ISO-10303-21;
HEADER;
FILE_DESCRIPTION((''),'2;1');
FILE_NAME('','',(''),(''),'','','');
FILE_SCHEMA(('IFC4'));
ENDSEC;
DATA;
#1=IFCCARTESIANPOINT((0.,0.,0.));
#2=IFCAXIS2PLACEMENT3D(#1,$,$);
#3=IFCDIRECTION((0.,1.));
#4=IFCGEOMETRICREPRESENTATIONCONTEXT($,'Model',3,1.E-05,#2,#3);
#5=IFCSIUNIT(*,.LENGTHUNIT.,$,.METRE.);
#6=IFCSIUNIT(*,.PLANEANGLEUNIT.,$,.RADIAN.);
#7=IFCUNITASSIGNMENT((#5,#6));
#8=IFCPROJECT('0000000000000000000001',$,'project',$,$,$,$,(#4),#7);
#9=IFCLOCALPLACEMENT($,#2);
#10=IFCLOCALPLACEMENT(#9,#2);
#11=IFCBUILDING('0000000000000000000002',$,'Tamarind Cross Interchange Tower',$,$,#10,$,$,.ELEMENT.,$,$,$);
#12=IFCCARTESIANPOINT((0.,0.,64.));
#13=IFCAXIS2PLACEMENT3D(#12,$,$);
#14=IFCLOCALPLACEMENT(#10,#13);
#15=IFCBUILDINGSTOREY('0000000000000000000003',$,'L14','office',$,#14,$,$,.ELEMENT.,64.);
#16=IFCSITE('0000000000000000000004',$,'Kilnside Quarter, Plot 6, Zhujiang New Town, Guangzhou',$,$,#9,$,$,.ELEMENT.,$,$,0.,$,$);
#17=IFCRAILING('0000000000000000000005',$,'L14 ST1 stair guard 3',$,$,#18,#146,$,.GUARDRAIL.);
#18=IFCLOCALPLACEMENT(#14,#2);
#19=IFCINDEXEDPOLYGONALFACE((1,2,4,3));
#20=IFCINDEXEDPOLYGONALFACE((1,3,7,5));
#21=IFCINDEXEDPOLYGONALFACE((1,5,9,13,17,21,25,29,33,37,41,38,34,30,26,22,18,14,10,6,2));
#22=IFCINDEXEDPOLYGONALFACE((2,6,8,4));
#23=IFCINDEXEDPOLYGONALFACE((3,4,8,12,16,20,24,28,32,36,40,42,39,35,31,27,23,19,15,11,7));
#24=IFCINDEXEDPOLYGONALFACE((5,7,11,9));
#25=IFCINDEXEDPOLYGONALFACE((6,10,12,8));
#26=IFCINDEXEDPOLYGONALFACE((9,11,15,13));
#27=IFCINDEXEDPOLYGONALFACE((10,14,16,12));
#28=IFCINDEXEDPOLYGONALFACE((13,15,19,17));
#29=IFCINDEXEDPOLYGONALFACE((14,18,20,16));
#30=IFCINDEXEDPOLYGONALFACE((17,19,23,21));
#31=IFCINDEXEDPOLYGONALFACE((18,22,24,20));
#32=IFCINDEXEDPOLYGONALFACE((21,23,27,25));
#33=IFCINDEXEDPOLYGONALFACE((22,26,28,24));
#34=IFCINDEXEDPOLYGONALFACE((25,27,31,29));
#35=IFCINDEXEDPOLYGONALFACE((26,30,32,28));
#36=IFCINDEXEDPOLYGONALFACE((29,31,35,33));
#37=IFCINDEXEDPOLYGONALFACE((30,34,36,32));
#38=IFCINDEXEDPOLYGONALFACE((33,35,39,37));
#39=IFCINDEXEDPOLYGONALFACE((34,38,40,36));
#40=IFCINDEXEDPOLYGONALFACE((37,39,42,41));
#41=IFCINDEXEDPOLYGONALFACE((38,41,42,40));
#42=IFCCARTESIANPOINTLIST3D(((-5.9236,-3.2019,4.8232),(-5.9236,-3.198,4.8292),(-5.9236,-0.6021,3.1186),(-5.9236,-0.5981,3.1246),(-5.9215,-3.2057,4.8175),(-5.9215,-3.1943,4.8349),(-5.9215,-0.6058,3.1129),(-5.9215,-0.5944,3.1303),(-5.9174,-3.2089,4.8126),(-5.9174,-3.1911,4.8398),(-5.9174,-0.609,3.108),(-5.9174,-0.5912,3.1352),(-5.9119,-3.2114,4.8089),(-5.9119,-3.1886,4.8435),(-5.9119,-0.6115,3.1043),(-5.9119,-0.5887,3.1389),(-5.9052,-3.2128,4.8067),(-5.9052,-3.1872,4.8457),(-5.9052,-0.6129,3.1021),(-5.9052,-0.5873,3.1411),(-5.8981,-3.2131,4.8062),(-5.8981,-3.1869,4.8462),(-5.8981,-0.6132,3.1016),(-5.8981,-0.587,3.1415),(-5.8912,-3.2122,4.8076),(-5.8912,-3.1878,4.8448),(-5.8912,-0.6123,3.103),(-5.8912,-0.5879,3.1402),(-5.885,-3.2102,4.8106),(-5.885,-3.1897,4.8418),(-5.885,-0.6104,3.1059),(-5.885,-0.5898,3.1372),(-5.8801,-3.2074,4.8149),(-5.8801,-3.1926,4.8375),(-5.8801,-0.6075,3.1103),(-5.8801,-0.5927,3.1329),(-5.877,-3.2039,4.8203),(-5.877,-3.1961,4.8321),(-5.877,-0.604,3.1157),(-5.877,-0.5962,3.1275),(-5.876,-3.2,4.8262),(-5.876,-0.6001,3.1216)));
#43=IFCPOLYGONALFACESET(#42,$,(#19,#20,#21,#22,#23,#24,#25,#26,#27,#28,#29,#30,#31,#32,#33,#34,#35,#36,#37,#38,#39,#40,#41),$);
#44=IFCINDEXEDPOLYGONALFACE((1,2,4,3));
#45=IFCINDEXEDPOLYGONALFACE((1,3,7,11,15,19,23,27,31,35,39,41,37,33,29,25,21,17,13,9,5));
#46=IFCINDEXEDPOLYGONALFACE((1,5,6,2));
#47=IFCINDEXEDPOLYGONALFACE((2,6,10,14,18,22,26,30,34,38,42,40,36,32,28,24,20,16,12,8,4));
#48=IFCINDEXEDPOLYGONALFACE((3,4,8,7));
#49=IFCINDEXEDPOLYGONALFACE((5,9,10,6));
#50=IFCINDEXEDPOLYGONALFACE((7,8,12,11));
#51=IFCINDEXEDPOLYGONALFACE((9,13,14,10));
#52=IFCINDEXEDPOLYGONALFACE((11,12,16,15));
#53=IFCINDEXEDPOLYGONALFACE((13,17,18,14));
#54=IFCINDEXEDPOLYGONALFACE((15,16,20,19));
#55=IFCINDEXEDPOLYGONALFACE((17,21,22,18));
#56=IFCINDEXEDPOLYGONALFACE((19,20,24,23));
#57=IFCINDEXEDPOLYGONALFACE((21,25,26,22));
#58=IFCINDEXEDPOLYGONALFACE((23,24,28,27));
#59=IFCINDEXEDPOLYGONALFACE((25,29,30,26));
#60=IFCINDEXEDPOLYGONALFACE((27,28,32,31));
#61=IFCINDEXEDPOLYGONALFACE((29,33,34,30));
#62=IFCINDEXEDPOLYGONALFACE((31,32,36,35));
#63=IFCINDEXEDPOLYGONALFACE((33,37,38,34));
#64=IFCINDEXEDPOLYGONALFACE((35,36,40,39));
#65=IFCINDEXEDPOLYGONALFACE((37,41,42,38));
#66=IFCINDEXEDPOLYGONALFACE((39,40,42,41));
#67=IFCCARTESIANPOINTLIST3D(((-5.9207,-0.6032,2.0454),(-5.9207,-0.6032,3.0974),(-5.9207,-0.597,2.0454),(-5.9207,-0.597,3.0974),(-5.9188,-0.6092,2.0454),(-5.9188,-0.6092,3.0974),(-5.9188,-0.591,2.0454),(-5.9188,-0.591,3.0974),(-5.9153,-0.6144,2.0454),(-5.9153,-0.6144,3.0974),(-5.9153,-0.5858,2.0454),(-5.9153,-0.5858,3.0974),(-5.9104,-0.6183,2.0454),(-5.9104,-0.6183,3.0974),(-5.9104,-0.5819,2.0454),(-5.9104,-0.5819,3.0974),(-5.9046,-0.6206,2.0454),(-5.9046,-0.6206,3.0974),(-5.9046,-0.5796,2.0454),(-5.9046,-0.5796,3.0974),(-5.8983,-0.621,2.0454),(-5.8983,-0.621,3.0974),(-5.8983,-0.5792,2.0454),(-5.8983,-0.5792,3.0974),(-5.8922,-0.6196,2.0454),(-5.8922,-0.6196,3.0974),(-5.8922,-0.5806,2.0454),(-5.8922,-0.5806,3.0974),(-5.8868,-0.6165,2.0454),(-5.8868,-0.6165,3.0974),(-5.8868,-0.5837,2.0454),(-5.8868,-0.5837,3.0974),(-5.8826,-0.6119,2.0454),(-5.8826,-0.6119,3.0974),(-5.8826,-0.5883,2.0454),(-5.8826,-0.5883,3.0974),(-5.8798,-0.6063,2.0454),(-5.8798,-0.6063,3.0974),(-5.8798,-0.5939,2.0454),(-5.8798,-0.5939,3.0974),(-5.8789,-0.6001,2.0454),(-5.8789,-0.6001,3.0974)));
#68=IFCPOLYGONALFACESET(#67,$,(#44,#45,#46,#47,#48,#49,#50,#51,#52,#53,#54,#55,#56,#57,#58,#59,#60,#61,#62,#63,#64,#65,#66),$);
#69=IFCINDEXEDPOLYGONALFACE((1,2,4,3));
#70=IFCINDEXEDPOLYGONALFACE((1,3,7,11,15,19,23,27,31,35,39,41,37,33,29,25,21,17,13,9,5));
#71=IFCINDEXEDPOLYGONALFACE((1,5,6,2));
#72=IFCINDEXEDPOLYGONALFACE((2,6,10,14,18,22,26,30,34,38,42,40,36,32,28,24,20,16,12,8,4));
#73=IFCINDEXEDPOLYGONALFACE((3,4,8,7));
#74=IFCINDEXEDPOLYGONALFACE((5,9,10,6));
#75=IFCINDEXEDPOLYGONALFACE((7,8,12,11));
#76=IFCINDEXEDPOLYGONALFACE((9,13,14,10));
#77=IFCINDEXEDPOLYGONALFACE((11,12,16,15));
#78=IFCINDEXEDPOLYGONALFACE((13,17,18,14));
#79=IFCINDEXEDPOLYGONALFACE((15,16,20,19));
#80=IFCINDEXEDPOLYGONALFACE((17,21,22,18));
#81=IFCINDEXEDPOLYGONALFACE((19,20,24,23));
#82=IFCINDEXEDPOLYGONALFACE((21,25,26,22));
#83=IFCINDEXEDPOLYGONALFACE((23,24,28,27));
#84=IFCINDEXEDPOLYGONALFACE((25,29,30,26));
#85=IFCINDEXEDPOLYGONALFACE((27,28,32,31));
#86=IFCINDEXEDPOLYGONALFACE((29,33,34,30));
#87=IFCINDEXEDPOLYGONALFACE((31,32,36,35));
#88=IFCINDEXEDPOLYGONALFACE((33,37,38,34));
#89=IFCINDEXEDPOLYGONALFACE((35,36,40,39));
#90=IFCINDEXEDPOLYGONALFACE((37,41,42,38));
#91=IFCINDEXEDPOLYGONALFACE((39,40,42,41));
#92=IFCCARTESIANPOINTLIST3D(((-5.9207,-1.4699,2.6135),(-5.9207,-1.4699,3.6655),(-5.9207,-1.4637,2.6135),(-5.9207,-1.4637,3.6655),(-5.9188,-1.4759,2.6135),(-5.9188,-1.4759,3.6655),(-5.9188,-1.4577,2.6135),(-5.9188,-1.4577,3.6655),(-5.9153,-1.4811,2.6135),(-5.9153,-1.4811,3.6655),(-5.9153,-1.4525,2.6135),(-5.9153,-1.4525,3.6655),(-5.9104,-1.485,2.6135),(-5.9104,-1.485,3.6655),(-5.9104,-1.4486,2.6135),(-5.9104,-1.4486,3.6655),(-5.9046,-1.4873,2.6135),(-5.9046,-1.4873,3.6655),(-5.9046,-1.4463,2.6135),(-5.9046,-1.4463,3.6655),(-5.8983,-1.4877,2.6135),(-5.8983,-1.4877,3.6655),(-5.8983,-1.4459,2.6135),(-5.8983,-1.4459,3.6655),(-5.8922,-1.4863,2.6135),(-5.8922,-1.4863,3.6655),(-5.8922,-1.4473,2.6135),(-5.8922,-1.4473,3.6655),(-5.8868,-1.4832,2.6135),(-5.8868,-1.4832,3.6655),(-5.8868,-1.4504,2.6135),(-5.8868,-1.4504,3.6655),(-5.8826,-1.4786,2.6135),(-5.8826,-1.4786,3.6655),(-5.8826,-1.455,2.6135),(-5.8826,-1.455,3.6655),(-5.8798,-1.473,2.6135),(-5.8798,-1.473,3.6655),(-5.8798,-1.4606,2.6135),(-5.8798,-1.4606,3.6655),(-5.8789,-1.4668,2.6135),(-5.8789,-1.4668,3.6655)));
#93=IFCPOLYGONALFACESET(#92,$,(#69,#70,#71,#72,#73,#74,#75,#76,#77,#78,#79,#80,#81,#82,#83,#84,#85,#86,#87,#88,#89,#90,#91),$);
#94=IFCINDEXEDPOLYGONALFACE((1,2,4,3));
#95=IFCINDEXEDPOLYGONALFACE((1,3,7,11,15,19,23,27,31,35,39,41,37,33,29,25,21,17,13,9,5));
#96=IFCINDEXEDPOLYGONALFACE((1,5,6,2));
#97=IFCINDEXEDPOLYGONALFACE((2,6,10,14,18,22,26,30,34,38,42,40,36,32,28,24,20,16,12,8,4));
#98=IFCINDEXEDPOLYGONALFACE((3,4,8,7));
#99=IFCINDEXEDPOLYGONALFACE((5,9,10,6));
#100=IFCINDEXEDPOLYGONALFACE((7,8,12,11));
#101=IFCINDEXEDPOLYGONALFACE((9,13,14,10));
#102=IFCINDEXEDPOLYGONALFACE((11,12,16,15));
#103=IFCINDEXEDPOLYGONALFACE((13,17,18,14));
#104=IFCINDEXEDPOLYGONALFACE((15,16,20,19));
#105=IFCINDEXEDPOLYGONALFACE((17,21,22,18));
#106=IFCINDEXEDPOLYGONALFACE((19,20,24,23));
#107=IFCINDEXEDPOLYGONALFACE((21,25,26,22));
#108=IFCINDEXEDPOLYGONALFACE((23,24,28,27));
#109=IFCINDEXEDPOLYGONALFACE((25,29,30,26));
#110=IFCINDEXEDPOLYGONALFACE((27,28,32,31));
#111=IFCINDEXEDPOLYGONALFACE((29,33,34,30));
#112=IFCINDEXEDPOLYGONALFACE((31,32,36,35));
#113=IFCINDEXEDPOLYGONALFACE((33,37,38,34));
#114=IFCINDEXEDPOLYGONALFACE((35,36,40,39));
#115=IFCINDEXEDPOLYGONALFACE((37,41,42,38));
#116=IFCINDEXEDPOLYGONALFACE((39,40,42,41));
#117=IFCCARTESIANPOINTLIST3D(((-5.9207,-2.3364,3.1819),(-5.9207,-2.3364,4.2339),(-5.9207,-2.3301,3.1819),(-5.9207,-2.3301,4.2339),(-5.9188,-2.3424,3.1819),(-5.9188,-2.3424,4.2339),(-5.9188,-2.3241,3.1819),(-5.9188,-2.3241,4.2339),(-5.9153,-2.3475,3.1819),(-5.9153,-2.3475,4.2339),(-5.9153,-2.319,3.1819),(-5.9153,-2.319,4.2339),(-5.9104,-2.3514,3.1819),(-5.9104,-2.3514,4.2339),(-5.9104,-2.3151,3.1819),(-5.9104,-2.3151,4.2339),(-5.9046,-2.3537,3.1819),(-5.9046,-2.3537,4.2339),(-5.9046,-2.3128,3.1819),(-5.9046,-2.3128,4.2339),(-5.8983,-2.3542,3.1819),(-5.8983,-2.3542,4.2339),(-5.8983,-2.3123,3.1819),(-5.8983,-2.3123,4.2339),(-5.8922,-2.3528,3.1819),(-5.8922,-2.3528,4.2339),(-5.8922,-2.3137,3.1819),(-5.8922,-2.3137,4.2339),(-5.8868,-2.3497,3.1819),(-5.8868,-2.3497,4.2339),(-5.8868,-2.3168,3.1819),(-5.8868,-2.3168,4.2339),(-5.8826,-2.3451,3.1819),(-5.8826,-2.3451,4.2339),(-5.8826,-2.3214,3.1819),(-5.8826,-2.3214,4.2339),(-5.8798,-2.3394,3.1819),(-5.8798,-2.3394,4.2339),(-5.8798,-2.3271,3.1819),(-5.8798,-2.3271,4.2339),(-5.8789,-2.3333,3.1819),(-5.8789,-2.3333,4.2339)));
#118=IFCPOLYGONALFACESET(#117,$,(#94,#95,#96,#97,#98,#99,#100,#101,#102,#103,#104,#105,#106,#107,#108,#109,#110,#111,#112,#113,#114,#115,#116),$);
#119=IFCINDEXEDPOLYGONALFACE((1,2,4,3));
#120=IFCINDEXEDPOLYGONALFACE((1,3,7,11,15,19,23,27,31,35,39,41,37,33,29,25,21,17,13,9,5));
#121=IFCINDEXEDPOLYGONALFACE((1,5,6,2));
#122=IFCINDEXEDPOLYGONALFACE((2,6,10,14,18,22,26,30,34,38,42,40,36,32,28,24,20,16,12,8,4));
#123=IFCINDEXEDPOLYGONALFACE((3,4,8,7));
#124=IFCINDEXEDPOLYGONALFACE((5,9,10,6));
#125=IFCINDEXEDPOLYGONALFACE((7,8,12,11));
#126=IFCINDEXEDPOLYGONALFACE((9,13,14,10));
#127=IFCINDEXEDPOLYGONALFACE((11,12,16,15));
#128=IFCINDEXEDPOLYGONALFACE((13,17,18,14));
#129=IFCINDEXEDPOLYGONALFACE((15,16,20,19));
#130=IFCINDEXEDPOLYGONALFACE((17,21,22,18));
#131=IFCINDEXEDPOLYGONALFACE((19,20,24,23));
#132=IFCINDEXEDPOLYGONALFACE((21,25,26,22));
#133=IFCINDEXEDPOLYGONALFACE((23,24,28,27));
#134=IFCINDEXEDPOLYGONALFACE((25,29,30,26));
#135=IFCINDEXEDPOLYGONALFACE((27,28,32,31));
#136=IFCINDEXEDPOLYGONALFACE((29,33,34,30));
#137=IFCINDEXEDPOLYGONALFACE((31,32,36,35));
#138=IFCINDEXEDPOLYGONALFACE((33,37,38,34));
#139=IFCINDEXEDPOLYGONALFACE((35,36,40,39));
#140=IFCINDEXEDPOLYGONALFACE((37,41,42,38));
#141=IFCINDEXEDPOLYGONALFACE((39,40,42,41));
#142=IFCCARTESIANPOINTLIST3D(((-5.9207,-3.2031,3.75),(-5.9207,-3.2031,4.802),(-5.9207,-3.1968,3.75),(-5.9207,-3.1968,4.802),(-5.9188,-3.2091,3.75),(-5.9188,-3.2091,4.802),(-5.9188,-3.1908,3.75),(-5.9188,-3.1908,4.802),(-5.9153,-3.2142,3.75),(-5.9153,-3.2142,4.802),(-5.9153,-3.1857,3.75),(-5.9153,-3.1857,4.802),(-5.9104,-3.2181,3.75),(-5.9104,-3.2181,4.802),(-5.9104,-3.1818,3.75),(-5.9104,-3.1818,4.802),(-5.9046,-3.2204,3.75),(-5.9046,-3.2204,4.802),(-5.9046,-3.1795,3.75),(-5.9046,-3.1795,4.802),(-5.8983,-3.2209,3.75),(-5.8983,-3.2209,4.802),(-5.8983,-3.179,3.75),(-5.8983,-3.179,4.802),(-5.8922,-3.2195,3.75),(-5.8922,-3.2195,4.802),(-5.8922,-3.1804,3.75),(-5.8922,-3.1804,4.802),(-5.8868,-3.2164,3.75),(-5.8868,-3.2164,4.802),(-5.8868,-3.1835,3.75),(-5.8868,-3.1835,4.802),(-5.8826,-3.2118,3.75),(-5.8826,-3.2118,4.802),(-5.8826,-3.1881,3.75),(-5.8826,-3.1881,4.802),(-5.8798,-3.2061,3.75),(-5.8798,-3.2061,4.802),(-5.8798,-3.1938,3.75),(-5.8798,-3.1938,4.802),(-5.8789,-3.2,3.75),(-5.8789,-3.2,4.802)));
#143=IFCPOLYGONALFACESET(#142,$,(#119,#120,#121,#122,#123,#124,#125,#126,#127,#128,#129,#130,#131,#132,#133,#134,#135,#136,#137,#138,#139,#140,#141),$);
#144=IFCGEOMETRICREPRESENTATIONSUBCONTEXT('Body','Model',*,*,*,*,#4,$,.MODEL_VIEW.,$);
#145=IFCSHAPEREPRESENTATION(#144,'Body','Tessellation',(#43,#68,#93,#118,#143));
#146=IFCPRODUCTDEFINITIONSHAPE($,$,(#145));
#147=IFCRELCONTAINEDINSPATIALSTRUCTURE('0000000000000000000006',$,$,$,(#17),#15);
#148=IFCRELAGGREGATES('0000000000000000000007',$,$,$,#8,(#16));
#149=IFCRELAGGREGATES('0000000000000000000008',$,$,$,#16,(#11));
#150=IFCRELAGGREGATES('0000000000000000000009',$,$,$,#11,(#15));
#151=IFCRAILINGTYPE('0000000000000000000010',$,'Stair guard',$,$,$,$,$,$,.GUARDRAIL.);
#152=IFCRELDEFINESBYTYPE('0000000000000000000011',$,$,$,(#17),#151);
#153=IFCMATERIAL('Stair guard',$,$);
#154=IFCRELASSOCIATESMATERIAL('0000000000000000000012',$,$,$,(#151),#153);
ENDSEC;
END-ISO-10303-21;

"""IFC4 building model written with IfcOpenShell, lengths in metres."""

from ifc_helpers import new_model, si_unit, direction, frame, origin, origin_2d, place, context, subcontext, project, spatial, circle, extrude, material, type_object, element, save


model = new_model("IFC4")

# Units and contexts
model_context = context("Model", 3, precision=1e-05, world=origin(), true_north=direction((0.0, 1.0)))
body_context = subcontext(model_context, "Body", "Model", "MODEL_VIEW")
ifc_project = project(units=[si_unit("LENGTHUNIT", "METRE"), si_unit("PLANEANGLEUNIT", "RADIAN")], contexts=[model_context])

# Site, building, storey
site_placement = place(None, origin())
site = spatial("IfcSite", under=ifc_project, at=site_placement, Name="Kilnside Quarter, Plot 6, Zhujiang New Town, Guangzhou", CompositionType="ELEMENT", RefElevation=0.0)
building_placement = place(site_placement, origin())
building = spatial("IfcBuilding", under=site, at=building_placement, Name="Tamarind Cross Interchange Tower", CompositionType="ELEMENT")
storey_placement = place(building_placement, frame((0.0, 0.0, 64.0)))
storey = spatial("IfcBuildingStorey", under=building, at=storey_placement, Name="L14", Description="office", CompositionType="ELEMENT", Elevation=64.0)

# Railing
ifc_material_1 = material(Name="Stair guard")
railing_type_1 = type_object("IfcRailingType", Name="Stair guard", PredefinedType="GUARDRAIL", material=ifc_material_1)
railing_1_placement = place(storey_placement, frame((-5.8999, -0.6001, 2.0454)))
element("IfcRailing", 1, at=railing_1_placement, inside=storey, type_object=railing_type_1, Name="L14 ST1 stair guard 3", PredefinedType="GUARDRAIL", context=body_context, shape_type="SweptSolid", body=[
    extrude(circle(Radius=0.0239, at=origin_2d()), frame((0.0, 0.0, 1.0762), z_axis=(0.0, -0.836279, 0.548305), x_axis=(1.0, 0.0, 0.0)), (0.0, 0.0, 1.0), 3.1089),
    extrude(circle(Radius=0.021, at=origin_2d()), origin(), (0.0, 0.0, 1.0), 1.052),
    extrude(circle(Radius=0.021, at=origin_2d()), frame((0.0, -0.8667, 0.5681)), (0.0, 0.0, 1.0), 1.052),
    extrude(circle(Radius=0.021, at=origin_2d()), frame((0.0, -1.7332, 1.1365)), (0.0, 0.0, 1.0), 1.052),
    extrude(circle(Radius=0.021, at=origin_2d()), frame((0.0, -2.5999, 1.7046)), (0.0, 0.0, 1.0), 1.052),
])

save(model, "model.ifc")
